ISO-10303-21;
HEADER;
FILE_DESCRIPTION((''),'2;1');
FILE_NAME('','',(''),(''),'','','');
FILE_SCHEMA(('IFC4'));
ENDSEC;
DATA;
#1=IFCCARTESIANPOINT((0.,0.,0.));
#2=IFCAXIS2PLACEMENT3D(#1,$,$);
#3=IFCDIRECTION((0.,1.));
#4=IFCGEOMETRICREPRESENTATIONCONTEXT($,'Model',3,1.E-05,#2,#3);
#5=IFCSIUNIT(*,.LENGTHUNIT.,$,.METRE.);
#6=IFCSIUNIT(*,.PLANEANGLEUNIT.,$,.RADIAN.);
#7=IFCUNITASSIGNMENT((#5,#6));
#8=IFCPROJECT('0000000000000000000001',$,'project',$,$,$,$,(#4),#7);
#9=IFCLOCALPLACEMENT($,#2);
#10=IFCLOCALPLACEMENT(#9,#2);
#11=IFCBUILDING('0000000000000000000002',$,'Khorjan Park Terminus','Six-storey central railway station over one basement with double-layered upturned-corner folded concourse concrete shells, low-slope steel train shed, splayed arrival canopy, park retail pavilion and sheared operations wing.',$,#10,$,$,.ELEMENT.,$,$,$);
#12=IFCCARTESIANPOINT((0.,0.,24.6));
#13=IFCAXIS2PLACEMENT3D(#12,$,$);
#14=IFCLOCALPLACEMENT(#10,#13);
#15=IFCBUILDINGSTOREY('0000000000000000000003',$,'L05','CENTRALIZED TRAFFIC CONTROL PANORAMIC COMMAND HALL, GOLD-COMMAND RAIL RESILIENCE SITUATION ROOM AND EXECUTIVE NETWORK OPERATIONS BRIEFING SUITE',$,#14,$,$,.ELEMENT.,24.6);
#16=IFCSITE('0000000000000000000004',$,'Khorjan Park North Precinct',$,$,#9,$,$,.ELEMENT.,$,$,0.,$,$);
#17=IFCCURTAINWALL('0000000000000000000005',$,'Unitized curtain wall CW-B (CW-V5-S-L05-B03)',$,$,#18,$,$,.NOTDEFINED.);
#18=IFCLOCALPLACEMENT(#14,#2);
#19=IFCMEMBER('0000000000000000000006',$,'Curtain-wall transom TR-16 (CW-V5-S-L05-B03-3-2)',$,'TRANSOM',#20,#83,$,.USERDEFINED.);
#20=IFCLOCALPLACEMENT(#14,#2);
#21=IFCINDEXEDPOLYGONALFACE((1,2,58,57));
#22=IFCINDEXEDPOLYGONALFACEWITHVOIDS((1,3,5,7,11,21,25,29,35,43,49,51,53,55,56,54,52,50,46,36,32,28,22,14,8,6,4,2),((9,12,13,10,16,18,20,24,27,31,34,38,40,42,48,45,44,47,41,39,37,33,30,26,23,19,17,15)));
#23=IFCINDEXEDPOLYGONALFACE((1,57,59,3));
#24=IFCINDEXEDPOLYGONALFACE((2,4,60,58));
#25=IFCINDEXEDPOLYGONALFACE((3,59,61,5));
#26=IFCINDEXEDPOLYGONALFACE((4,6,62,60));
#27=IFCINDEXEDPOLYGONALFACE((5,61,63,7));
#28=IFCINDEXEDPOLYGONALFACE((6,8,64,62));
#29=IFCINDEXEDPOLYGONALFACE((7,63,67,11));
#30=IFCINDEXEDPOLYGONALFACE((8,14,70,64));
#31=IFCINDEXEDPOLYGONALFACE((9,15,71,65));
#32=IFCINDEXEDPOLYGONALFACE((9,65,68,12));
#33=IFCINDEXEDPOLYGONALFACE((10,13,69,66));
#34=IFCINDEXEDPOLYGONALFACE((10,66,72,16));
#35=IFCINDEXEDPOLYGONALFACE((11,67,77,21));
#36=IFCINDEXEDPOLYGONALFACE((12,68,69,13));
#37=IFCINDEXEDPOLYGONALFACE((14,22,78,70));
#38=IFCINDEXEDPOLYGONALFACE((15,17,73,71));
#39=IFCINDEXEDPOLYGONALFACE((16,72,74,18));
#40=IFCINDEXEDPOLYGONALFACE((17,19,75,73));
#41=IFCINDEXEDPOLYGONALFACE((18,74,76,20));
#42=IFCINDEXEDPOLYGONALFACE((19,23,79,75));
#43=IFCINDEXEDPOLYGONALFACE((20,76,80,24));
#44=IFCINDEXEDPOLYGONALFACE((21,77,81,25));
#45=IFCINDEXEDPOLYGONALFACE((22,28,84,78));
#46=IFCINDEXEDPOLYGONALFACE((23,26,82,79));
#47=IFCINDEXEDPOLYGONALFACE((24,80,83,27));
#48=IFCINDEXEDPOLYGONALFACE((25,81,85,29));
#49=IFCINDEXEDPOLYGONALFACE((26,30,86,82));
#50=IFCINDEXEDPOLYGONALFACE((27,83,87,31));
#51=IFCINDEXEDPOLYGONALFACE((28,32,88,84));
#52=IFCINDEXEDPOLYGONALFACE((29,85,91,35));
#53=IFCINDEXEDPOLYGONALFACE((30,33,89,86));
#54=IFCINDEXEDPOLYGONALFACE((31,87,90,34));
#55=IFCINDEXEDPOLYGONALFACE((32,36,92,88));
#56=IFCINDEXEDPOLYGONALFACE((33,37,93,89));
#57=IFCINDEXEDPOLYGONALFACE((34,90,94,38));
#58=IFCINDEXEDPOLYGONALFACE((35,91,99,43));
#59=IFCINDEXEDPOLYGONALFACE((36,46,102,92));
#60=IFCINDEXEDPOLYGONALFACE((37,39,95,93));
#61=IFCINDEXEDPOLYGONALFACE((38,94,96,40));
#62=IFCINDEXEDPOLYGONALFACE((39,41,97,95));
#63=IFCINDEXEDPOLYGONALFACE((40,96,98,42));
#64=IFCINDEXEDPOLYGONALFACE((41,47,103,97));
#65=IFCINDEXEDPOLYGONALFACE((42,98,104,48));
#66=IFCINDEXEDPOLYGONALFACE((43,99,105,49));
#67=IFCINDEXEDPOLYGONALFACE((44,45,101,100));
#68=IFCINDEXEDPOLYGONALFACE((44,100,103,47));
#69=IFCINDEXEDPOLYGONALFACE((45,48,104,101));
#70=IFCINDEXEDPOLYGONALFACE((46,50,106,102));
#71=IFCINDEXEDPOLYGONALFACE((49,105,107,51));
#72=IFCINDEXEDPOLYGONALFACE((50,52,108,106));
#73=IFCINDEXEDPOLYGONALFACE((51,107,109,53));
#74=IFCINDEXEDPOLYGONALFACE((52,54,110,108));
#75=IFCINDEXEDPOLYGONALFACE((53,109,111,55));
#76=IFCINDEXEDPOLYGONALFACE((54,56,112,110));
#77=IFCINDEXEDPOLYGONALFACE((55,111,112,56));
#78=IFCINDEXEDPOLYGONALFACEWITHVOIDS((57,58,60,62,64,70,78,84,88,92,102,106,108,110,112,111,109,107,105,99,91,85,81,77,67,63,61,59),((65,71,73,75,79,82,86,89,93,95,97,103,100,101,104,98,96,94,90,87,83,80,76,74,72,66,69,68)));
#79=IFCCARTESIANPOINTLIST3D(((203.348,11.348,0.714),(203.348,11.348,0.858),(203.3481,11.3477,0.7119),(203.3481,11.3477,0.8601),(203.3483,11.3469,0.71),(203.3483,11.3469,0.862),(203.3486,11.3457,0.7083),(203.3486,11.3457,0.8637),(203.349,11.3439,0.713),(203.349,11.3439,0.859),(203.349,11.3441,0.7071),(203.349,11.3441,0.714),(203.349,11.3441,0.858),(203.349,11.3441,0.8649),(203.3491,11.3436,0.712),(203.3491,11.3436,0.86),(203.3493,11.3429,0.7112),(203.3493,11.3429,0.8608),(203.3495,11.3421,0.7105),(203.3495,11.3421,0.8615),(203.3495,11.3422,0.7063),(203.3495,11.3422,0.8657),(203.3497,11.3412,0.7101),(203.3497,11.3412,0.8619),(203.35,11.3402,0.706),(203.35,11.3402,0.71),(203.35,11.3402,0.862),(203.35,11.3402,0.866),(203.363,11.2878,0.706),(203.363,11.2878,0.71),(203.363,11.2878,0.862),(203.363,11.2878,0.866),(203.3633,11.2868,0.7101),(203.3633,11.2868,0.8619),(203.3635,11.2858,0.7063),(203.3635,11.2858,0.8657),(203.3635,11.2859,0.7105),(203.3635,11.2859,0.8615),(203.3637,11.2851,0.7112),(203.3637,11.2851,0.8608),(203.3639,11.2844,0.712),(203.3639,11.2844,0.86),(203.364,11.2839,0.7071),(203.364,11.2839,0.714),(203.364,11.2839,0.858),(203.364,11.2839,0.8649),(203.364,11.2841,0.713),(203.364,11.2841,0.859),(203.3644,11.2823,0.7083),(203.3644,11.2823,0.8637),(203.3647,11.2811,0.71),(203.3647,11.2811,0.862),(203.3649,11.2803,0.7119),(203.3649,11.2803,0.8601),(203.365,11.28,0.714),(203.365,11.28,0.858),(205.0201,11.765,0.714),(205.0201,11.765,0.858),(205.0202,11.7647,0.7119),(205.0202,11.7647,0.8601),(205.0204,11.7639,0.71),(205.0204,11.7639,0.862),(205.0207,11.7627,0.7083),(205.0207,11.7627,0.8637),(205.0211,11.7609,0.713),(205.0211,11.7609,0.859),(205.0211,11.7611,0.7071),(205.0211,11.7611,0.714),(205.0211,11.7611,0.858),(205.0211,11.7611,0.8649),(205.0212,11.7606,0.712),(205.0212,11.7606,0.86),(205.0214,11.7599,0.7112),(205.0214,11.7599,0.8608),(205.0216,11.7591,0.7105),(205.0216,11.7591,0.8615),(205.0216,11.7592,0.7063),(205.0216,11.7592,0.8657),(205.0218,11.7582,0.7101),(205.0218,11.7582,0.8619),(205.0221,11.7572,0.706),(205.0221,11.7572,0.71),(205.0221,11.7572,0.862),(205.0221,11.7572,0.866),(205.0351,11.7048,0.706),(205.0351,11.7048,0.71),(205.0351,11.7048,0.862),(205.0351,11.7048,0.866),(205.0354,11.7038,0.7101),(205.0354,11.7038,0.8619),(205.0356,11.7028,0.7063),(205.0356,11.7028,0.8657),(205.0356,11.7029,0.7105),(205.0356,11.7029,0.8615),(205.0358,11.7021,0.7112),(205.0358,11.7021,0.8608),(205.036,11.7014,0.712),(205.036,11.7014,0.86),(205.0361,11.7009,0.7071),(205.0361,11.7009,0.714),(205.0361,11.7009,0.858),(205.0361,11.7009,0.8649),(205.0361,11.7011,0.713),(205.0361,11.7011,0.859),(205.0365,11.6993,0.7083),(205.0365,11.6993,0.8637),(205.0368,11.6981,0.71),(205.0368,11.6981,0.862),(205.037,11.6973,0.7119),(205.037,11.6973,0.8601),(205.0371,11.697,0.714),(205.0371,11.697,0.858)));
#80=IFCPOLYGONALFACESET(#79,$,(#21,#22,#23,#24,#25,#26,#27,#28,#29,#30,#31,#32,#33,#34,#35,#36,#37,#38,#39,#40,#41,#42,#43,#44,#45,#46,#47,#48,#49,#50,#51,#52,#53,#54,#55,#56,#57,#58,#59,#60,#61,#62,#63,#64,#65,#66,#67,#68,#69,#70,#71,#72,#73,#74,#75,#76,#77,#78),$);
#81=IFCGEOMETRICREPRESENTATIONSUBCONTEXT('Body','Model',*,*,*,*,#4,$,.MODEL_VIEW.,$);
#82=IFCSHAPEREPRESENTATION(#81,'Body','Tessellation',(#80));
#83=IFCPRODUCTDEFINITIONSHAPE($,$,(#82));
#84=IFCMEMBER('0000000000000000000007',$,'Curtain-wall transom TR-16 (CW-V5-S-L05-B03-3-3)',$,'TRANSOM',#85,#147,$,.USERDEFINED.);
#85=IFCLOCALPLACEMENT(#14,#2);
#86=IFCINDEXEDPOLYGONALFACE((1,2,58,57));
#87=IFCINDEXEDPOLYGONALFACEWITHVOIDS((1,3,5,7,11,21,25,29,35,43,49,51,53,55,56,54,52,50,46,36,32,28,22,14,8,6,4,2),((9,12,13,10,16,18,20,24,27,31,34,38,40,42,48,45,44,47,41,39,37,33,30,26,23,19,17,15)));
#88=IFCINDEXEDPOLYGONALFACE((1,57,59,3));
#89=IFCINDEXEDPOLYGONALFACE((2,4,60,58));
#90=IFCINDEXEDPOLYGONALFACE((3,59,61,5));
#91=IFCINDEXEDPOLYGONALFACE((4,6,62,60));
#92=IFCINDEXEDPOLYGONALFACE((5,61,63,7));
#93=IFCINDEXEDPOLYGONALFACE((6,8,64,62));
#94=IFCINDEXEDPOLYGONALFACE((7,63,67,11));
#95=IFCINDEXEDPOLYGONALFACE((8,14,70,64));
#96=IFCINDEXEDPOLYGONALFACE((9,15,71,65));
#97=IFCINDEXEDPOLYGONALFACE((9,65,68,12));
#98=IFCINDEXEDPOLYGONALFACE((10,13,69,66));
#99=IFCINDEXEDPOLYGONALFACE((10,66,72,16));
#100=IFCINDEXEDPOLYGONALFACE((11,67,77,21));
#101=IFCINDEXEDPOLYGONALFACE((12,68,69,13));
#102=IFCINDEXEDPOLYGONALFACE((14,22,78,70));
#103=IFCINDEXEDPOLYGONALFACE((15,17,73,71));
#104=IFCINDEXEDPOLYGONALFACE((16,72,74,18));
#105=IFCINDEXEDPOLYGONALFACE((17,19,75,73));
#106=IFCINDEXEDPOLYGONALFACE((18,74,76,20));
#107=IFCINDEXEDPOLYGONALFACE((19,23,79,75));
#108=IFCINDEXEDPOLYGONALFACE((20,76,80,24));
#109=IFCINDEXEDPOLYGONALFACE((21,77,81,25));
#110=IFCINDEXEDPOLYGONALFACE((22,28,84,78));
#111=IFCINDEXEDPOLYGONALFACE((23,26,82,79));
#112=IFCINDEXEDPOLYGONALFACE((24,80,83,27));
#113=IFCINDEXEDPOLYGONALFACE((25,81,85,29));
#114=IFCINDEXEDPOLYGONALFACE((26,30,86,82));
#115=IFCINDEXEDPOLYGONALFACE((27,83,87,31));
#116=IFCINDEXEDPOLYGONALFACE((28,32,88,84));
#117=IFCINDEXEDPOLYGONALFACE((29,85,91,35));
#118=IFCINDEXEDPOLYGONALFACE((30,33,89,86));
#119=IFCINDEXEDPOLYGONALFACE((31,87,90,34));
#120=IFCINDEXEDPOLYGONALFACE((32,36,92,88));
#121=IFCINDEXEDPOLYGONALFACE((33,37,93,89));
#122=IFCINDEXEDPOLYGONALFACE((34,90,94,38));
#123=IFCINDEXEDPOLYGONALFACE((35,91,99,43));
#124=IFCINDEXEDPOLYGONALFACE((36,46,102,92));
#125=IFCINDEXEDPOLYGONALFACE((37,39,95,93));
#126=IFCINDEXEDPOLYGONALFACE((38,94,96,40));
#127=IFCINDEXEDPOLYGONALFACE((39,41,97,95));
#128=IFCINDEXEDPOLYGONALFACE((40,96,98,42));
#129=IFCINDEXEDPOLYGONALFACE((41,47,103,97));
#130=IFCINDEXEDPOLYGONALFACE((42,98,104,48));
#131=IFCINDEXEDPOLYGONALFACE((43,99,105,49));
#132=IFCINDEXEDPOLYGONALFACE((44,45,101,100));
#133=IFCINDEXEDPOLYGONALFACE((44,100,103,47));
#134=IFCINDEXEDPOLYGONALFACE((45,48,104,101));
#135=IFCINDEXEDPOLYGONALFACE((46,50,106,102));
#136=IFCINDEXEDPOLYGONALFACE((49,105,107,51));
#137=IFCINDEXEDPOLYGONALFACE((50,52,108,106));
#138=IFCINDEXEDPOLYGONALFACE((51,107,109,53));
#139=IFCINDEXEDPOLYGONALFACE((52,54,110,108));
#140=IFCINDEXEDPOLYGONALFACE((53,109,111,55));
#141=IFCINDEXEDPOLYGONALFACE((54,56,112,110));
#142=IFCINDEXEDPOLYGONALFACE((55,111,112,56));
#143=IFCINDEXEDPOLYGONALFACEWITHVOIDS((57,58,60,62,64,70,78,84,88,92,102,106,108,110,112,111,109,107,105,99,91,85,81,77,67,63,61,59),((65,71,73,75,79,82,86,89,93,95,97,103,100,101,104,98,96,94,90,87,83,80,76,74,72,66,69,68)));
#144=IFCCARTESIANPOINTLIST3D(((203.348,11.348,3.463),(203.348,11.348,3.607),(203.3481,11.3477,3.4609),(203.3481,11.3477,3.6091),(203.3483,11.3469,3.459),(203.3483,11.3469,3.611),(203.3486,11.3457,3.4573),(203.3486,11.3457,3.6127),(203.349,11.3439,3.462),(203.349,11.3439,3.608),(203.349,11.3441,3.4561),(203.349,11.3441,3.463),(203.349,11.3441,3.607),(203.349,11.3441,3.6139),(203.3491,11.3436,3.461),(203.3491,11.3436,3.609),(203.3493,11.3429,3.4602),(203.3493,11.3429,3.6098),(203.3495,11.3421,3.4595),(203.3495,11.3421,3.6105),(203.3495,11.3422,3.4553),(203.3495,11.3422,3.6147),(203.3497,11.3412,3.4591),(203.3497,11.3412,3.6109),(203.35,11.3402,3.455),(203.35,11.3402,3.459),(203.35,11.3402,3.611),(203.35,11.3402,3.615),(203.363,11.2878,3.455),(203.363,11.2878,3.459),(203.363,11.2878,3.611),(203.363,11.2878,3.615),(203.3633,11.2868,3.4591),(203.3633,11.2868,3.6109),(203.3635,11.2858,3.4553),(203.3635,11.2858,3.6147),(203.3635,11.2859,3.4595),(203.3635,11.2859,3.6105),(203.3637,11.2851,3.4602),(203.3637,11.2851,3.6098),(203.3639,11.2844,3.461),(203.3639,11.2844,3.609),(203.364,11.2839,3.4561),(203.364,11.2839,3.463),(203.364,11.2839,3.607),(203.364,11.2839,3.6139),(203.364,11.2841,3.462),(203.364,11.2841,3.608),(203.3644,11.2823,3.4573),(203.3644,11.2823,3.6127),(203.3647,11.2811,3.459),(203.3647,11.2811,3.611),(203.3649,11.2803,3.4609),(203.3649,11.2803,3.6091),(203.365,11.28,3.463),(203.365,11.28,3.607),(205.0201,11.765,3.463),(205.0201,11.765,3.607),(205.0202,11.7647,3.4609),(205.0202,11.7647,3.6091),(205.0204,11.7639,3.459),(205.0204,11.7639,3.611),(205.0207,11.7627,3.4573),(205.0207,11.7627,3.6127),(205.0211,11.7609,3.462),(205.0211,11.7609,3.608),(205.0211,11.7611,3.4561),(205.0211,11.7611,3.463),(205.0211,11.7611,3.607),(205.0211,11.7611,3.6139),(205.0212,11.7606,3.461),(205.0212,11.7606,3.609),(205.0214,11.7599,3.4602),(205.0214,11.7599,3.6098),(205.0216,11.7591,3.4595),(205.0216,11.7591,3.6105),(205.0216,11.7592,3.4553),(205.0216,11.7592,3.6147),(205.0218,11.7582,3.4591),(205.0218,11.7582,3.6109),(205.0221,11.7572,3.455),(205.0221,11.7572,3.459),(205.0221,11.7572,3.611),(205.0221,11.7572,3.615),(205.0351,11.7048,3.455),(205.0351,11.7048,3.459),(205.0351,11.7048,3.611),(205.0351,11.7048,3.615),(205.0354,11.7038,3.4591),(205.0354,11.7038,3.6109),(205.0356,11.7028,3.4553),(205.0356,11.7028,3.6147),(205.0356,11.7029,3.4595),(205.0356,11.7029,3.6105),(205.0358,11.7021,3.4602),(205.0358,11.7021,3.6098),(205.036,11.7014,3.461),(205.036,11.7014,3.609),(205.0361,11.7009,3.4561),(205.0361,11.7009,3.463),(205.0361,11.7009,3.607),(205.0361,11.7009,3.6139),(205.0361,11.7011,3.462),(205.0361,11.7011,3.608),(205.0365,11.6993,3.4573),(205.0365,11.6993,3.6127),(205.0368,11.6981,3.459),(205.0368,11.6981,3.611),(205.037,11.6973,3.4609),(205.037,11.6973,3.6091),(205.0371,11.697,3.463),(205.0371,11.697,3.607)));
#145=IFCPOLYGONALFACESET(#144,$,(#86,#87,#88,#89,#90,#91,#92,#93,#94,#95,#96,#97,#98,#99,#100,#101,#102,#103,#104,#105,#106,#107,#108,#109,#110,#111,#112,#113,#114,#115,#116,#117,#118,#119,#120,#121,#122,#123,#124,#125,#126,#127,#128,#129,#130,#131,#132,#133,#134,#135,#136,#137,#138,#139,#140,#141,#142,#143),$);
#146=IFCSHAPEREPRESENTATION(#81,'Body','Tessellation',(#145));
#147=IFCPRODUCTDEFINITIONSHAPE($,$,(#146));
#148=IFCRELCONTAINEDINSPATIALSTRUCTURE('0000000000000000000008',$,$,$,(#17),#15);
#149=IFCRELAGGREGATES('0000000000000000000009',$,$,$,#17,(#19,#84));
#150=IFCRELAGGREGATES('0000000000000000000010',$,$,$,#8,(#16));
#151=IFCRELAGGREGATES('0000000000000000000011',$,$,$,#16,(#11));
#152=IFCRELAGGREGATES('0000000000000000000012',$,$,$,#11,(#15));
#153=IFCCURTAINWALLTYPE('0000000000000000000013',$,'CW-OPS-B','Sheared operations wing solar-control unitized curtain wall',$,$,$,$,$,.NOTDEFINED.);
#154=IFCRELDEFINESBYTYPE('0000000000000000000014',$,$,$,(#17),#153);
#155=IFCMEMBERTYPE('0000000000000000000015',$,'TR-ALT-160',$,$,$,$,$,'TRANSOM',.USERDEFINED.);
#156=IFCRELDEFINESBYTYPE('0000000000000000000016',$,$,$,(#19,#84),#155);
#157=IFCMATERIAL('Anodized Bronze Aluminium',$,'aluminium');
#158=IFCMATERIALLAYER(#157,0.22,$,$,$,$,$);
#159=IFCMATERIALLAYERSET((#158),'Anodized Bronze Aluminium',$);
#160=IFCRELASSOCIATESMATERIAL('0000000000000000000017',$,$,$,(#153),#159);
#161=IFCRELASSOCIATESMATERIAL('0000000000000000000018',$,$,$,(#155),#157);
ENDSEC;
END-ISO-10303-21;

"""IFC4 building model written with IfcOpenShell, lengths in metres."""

from ifc_helpers import new_model, si_unit, direction, frame, origin, origin_2d, place, context, subcontext, project, spatial, hollow_rectangle, extrude, material, layer, layer_set, material_profile, profile_set, type_object, element, aggregate, save


model = new_model("IFC4")

# Units and contexts
model_context = context("Model", 3, precision=1e-05, world=origin(), true_north=direction((0.0, 1.0)))
body_context = subcontext(model_context, "Body", "Model", "MODEL_VIEW")
ifc_project = project(units=[si_unit("LENGTHUNIT", "METRE"), si_unit("PLANEANGLEUNIT", "RADIAN")], contexts=[model_context])

# Site, building, storey
site_placement = place(None, origin())
site = spatial("IfcSite", under=ifc_project, at=site_placement, Name="Khorjan Park North Precinct", CompositionType="ELEMENT", RefElevation=0.0)
building_placement = place(site_placement, origin())
building = spatial("IfcBuilding", under=site, at=building_placement, Name="Khorjan Park Terminus", Description="Six-storey central railway station over one basement with double-layered upturned-corner folded concourse concrete shells, low-slope steel train shed, splayed arrival canopy, park retail pavilion and sheared operations wing.", CompositionType="ELEMENT")
storey_placement = place(building_placement, frame((0.0, 0.0, 24.6)))
storey = spatial("IfcBuildingStorey", under=building, at=storey_placement, Name="L05", Description="CENTRALIZED TRAFFIC CONTROL PANORAMIC COMMAND HALL, GOLD-COMMAND RAIL RESILIENCE SITUATION ROOM AND EXECUTIVE NETWORK OPERATIONS BRIEFING SUITE", CompositionType="ELEMENT", Elevation=24.6)

# Curtain wall, members
ifc_material_1 = material(Name="Anodized Bronze Aluminium", Category="aluminium")
ifc_layer_1 = layer(ifc_material_1, 0.22)
ifc_layer_set_1 = layer_set([ifc_layer_1], Name="Anodized Bronze Aluminium")
curtain_wall_type = type_object("IfcCurtainWallType", Name="CW-OPS-B", Description="Sheared operations wing solar-control unitized curtain wall", PredefinedType="NOTDEFINED", material=ifc_layer_set_1)
curtain_wall_placement = place(storey_placement, origin())
curtain_wall = element("IfcCurtainWall", 1, at=curtain_wall_placement, inside=storey, type_object=curtain_wall_type, Name="Unitized curtain wall CW-B (CW-V5-S-L05-B03)", PredefinedType="NOTDEFINED")
ifc_material_profile_1 = material_profile(ifc_material_1, hollow_rectangle(XDim=0.07, YDim=0.16, WallThickness=0.004, InnerFilletRadius=0.004, OuterFilletRadius=0.008, at=origin_2d()), Name="ALT 70x160x4")
ifc_profile_set_1 = profile_set([ifc_material_profile_1], Name="Anodized Bronze Aluminium")
member_type_1 = type_object("IfcMemberType", Name="TR-ALT-160", ElementType="TRANSOM", PredefinedType="USERDEFINED", material=ifc_profile_set_1)
member_1_placement = place(storey_placement, frame((203.3565, 11.314, 0.786), z_axis=(0.970282, 0.241976, 0.0), x_axis=(-0.241976, 0.970282, 0.0)))
member_1 = element("IfcMember", 2, at=member_1_placement, type_object=member_type_1, Name="Curtain-wall transom TR-16 (CW-V5-S-L05-B03-3-2)", ObjectType="TRANSOM", PredefinedType="USERDEFINED", context=body_context, shape_type="SweptSolid", body=[
    extrude(hollow_rectangle(XDim=0.07, YDim=0.16, WallThickness=0.004, InnerFilletRadius=0.004, OuterFilletRadius=0.008, at=origin_2d()), origin(), (0.0, 0.0, 1.0), 1.7233),
])
member_2_placement = place(storey_placement, frame((203.3565, 11.314, 3.535), z_axis=(0.970282, 0.241976, 0.0), x_axis=(-0.241976, 0.970282, 0.0)))
member_2 = element("IfcMember", 3, at=member_2_placement, type_object=member_type_1, Name="Curtain-wall transom TR-16 (CW-V5-S-L05-B03-3-3)", ObjectType="TRANSOM", PredefinedType="USERDEFINED", context=body_context, shape_type="SweptSolid", body=[
    extrude(hollow_rectangle(XDim=0.07, YDim=0.16, WallThickness=0.004, InnerFilletRadius=0.004, OuterFilletRadius=0.008, at=origin_2d()), origin(), (0.0, 0.0, 1.0), 1.7233),
])
aggregate(curtain_wall, [member_1, member_2])

save(model, "model.ifc")
